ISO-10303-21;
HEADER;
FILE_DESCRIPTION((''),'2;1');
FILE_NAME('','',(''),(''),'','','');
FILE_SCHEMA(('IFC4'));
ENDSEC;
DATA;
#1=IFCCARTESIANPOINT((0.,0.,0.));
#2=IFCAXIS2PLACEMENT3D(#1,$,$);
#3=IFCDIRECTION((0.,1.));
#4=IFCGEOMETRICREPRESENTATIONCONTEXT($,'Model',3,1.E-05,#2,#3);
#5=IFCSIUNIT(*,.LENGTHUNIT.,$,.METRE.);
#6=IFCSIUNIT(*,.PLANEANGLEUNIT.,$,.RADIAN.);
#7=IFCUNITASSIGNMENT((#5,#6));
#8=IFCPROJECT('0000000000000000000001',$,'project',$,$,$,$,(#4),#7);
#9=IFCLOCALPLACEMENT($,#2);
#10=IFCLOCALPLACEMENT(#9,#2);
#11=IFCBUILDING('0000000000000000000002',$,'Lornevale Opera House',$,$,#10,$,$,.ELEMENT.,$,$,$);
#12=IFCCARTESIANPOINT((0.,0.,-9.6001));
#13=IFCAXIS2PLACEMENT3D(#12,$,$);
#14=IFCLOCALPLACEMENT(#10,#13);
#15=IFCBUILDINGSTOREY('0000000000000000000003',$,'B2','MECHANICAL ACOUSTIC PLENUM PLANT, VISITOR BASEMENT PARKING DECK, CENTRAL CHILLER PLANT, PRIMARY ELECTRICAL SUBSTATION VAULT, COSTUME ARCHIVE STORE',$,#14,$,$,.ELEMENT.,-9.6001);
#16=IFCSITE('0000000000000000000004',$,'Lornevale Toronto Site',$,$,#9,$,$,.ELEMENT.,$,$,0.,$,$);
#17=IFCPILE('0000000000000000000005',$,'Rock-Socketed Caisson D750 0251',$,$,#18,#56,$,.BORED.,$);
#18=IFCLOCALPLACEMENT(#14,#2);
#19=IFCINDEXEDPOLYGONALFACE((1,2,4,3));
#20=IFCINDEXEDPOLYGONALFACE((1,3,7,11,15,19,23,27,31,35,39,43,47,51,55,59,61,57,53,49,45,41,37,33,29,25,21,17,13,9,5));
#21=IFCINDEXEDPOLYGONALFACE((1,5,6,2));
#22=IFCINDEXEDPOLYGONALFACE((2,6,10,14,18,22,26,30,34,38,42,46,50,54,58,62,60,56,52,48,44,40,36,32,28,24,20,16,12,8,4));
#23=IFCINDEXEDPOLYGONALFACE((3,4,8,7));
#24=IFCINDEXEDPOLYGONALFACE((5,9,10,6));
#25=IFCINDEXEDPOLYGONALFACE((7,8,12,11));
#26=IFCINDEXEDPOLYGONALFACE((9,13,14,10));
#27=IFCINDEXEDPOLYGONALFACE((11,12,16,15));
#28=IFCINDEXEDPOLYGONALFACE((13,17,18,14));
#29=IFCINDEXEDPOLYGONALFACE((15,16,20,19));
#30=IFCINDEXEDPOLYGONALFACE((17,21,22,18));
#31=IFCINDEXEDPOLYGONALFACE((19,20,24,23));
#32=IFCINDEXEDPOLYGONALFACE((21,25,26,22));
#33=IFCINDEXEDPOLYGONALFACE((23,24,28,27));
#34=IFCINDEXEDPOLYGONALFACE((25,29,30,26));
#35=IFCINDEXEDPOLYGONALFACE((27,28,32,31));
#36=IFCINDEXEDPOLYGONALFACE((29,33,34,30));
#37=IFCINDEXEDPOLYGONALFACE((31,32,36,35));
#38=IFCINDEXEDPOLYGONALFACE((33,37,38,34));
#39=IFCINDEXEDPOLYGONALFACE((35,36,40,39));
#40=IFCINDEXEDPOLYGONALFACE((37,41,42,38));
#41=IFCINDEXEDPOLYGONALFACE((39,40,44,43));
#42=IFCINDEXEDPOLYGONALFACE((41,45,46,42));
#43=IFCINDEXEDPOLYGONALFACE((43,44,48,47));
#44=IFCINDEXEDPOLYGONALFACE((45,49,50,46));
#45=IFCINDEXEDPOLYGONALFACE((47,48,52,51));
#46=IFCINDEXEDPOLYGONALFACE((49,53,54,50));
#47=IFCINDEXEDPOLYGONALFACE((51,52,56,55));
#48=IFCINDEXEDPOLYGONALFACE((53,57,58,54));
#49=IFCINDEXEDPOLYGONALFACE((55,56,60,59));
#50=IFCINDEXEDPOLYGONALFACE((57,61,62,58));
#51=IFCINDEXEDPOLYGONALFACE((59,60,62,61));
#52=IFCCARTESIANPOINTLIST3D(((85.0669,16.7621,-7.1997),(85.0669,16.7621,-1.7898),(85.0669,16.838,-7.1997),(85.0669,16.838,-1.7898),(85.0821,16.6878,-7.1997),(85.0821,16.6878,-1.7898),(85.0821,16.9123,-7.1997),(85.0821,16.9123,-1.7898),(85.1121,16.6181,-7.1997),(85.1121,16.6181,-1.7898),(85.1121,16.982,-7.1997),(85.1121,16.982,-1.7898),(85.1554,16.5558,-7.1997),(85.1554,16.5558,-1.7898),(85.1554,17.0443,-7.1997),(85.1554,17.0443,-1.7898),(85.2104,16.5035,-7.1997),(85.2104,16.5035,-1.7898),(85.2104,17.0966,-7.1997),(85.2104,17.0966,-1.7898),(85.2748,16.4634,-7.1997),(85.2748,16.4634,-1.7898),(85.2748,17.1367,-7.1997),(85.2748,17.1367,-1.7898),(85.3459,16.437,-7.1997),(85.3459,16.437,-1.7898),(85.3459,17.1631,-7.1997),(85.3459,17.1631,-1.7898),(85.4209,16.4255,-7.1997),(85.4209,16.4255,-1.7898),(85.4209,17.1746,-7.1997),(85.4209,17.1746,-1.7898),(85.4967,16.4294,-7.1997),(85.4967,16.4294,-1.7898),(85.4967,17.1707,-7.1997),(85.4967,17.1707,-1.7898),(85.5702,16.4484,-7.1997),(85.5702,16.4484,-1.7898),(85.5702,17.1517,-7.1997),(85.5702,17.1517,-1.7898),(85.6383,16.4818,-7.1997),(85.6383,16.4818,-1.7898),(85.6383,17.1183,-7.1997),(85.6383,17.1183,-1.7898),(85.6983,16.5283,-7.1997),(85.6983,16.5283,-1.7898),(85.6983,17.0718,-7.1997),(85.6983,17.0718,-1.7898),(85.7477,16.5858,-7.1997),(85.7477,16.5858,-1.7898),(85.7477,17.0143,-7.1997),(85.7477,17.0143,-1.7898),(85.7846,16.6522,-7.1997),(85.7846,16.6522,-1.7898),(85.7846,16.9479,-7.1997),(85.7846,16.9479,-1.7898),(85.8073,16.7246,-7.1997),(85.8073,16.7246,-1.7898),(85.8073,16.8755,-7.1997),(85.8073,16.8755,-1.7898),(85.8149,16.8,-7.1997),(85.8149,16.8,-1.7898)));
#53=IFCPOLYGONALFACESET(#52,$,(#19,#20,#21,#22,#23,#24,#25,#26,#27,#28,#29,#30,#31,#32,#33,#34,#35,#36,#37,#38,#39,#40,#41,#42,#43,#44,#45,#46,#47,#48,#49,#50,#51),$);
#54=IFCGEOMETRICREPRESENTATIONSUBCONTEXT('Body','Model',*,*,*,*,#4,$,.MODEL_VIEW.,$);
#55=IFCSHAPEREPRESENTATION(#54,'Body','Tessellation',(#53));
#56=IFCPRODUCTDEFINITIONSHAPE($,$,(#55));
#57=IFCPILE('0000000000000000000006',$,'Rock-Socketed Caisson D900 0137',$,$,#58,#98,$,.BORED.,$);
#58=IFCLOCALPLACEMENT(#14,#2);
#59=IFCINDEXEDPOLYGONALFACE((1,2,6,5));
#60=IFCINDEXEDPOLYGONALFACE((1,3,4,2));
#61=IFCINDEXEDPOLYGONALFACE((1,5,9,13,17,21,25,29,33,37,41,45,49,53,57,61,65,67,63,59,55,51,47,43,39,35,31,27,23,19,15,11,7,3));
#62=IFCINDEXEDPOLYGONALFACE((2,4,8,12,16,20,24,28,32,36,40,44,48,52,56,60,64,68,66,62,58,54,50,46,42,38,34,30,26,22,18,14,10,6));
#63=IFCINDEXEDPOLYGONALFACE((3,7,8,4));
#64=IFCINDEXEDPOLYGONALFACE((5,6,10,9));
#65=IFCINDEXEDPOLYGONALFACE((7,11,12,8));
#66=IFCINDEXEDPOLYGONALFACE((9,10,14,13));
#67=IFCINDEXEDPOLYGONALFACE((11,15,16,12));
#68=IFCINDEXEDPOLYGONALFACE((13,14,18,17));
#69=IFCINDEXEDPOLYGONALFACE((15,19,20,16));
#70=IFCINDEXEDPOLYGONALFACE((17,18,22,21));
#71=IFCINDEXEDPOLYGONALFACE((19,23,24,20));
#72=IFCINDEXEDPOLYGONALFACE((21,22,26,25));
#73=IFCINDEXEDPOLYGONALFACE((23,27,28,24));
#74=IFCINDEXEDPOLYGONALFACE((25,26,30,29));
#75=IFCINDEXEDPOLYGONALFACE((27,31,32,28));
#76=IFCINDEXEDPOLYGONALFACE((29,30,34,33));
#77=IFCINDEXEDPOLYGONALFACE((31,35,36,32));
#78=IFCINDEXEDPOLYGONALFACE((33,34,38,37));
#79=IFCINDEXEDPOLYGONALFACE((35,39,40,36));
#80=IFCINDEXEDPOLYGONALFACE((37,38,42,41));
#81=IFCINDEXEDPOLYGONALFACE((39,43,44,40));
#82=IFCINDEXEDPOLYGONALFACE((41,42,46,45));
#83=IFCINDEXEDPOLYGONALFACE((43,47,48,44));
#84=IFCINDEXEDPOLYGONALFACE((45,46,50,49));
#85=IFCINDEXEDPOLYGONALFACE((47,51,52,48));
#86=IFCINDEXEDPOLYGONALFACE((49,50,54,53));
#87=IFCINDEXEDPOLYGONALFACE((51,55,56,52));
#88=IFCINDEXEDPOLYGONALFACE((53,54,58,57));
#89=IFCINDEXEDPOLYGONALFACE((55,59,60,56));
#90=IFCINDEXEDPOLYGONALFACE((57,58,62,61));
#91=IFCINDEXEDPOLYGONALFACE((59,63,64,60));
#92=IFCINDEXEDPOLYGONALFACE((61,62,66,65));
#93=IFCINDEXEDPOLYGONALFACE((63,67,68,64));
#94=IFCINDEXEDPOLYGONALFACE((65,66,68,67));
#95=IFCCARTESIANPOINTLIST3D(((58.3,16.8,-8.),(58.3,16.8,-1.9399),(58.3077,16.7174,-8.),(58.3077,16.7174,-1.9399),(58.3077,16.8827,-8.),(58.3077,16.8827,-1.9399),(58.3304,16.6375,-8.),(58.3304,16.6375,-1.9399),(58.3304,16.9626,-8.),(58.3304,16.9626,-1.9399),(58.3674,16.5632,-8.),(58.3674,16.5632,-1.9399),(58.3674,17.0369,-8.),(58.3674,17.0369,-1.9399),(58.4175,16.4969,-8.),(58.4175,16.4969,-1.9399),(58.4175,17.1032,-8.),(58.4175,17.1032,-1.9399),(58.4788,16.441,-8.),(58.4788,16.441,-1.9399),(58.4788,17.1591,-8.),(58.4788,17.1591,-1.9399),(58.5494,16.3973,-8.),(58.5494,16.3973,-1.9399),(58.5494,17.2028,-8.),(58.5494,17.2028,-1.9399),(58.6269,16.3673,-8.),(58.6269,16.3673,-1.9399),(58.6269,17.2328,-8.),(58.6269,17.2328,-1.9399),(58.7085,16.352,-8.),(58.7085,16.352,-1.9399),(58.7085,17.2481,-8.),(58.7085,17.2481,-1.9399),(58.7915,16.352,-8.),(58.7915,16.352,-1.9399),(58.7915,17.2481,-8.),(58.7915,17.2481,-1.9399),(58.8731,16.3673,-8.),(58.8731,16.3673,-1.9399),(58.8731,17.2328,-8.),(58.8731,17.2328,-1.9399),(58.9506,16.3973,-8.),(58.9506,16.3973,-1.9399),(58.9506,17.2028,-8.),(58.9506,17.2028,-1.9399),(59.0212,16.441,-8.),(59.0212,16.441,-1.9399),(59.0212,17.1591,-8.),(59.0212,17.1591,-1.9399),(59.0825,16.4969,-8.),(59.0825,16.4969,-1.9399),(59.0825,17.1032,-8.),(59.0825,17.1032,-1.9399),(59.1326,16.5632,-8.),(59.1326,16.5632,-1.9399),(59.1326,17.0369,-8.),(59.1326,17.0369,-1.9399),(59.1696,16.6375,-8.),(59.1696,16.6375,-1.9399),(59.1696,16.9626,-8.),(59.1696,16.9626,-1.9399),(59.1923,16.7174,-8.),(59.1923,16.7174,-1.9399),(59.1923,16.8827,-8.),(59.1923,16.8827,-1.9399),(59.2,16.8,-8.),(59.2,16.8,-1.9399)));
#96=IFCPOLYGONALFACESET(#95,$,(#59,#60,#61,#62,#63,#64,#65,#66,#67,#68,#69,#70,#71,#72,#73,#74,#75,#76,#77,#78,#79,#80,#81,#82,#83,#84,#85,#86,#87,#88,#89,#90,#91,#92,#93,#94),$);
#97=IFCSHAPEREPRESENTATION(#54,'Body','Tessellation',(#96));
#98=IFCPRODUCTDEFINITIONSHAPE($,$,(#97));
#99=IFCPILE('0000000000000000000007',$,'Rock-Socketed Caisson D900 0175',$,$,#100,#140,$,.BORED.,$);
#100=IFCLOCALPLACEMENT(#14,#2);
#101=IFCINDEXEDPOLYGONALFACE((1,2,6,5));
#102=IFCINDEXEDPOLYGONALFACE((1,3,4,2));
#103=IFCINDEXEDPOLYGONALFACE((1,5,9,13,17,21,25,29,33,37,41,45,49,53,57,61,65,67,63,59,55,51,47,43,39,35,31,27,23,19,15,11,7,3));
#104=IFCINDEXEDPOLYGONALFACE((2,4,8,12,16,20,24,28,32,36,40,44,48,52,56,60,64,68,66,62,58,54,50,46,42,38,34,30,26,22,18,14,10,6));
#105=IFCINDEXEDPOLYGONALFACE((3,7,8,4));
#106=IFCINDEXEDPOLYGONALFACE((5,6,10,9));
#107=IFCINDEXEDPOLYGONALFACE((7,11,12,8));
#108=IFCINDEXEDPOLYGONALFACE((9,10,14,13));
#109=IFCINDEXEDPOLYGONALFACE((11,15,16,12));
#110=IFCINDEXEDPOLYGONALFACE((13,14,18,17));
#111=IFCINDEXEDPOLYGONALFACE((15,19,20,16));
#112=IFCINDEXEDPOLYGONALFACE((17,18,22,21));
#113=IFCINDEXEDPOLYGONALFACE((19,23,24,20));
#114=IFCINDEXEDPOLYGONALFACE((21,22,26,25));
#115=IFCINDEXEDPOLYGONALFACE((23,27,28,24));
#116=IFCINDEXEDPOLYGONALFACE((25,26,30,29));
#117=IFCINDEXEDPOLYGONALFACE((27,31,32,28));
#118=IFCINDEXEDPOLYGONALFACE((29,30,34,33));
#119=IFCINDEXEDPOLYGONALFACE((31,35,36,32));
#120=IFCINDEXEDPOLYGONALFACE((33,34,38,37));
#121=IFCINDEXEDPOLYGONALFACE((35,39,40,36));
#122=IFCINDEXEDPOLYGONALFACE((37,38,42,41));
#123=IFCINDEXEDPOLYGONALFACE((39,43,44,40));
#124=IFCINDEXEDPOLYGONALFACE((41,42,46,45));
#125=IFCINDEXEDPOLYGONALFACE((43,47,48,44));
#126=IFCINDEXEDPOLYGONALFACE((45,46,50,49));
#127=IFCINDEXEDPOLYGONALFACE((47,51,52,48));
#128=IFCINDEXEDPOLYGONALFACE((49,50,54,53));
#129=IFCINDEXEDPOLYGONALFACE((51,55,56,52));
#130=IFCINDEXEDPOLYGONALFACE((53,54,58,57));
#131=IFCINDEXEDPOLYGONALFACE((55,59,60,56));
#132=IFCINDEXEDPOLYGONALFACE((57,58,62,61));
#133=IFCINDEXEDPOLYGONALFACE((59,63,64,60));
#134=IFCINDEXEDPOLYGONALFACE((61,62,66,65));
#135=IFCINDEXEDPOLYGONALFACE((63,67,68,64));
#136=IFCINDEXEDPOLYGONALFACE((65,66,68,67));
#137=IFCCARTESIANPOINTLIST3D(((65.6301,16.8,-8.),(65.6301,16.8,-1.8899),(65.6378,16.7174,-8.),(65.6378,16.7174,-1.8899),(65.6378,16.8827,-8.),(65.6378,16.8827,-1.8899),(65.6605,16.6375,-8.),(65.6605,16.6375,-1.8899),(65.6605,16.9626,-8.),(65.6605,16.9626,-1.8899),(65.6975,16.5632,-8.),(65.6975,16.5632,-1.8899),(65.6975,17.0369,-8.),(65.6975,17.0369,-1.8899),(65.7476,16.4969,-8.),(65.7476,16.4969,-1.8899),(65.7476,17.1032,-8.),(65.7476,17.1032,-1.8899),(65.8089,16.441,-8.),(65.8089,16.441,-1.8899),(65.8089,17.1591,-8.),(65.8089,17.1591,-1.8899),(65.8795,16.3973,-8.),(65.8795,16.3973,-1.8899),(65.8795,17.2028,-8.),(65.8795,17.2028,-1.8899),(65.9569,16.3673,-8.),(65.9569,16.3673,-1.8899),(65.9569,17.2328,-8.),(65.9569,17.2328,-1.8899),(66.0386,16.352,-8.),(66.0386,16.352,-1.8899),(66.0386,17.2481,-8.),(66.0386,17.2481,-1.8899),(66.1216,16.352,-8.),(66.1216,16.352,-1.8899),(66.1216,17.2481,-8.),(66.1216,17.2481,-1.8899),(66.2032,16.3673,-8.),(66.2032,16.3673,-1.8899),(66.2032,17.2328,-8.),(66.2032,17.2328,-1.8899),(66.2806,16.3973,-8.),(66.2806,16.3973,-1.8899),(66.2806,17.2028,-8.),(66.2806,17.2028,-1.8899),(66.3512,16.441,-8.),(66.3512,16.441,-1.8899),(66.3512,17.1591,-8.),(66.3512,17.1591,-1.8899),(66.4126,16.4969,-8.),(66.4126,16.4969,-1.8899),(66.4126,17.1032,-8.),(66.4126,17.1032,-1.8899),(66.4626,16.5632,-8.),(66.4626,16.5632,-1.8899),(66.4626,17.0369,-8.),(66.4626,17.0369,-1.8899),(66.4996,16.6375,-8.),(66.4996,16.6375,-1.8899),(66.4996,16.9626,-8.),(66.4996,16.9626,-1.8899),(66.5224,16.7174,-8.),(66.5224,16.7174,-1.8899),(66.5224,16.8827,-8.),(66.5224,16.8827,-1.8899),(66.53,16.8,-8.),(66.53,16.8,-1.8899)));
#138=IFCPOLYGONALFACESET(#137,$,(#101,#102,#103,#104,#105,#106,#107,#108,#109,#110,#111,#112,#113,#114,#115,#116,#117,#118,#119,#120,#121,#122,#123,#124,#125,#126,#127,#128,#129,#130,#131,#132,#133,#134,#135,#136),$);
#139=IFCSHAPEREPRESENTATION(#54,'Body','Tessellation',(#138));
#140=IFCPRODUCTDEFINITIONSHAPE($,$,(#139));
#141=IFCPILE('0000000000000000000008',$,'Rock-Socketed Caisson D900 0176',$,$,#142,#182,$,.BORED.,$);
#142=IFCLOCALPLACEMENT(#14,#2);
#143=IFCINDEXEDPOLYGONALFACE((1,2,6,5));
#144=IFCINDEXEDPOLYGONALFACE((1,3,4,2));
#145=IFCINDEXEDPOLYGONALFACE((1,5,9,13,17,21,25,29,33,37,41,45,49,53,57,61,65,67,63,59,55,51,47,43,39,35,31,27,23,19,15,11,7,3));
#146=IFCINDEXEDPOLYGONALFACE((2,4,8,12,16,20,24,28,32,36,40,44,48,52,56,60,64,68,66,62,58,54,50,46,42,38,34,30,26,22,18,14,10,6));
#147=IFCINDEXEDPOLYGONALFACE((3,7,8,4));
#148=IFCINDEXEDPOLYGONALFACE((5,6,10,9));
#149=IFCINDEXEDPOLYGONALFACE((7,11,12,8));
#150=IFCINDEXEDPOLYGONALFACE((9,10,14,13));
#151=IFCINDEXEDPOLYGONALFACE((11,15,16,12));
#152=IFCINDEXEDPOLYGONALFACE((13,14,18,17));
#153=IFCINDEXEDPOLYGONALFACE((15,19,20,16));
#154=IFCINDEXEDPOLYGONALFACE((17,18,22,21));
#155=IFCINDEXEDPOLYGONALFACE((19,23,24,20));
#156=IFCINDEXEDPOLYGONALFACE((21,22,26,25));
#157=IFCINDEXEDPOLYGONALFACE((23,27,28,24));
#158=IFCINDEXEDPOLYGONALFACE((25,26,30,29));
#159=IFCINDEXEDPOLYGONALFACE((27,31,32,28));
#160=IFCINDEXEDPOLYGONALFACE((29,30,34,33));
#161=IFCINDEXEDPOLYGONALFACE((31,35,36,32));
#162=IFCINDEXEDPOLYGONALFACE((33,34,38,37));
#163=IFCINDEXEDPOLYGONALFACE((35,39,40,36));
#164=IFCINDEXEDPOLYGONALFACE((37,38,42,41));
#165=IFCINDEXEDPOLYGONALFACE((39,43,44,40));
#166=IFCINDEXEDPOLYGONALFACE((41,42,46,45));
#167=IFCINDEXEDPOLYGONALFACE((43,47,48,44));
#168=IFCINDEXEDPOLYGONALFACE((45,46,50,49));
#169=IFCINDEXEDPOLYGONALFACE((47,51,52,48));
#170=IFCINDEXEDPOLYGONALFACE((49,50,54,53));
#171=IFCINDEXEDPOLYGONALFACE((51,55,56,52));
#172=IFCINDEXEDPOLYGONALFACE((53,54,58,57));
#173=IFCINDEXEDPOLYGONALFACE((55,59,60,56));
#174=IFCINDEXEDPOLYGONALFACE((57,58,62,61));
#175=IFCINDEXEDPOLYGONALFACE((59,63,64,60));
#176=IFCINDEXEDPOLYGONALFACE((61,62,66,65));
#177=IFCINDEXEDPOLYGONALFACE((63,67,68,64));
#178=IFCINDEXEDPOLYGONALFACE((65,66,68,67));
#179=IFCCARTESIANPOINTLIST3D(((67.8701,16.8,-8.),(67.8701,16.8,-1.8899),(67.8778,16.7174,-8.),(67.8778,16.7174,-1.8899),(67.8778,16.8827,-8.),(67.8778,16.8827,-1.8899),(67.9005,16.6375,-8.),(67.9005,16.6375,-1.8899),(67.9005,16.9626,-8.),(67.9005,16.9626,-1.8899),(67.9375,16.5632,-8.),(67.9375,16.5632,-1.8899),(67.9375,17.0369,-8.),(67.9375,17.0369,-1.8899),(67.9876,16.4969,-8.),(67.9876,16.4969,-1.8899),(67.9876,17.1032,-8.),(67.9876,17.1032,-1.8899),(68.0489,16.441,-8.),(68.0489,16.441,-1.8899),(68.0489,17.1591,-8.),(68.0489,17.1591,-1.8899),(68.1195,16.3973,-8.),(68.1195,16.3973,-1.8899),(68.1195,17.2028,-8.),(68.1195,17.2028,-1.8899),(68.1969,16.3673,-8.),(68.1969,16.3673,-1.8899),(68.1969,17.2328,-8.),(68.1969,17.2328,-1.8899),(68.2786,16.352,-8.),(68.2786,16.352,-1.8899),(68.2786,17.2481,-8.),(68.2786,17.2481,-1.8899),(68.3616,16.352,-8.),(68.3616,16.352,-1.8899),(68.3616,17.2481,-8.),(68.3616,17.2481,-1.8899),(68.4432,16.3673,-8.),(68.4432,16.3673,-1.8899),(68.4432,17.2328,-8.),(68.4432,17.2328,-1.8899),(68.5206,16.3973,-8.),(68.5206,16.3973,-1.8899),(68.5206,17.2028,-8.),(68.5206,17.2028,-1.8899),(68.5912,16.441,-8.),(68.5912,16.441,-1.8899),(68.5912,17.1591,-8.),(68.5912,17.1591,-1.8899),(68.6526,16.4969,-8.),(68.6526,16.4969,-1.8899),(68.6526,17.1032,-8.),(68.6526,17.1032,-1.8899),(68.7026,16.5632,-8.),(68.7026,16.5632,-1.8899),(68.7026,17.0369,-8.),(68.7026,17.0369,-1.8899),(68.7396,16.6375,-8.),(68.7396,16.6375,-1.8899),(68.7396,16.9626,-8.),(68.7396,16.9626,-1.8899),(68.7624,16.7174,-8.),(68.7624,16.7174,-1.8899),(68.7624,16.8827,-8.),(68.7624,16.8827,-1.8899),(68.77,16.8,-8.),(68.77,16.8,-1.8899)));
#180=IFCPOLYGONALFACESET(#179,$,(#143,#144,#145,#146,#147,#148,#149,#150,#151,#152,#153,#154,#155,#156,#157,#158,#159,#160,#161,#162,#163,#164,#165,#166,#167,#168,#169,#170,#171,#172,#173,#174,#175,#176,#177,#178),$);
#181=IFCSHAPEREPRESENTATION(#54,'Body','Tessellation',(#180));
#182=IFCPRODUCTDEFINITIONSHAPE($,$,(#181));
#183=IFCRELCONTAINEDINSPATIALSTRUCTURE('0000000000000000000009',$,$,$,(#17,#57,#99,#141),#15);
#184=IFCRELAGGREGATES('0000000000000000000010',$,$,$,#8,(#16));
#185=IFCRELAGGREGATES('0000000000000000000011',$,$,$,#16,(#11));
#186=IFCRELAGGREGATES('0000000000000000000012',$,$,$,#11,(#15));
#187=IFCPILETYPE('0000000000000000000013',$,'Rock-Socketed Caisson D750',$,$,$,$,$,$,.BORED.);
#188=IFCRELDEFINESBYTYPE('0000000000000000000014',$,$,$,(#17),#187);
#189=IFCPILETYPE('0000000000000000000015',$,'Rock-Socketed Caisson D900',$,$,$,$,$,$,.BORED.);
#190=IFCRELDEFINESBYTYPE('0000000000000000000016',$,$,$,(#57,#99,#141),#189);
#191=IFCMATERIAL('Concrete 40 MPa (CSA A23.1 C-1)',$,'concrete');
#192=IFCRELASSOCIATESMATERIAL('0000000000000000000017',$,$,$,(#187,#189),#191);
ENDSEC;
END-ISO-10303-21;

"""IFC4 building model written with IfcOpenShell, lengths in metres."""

from ifc_helpers import new_model, si_unit, direction, frame, origin, origin_2d, place, context, subcontext, project, spatial, circle, extrude, material, material_profile, profile_set, type_object, element, save


model = new_model("IFC4")

# Units and contexts
model_context = context("Model", 3, precision=1e-05, world=origin(), true_north=direction((0.0, 1.0)))
body_context = subcontext(model_context, "Body", "Model", "MODEL_VIEW")
ifc_project = project(units=[si_unit("LENGTHUNIT", "METRE"), si_unit("PLANEANGLEUNIT", "RADIAN")], contexts=[model_context])

# Site, building, storey
site_placement = place(None, origin())
site = spatial("IfcSite", under=ifc_project, at=site_placement, Name="Lornevale Toronto Site", CompositionType="ELEMENT", RefElevation=0.0)
building_placement = place(site_placement, origin())
building = spatial("IfcBuilding", under=site, at=building_placement, Name="Lornevale Opera House", CompositionType="ELEMENT")
storey_placement = place(building_placement, frame((0.0, 0.0, -9.6001)))
storey = spatial("IfcBuildingStorey", under=building, at=storey_placement, Name="B2", Description="MECHANICAL ACOUSTIC PLENUM PLANT, VISITOR BASEMENT PARKING DECK, CENTRAL CHILLER PLANT, PRIMARY ELECTRICAL SUBSTATION VAULT, COSTUME ARCHIVE STORE", CompositionType="ELEMENT", Elevation=-9.6001)

# Piles
ifc_material_1 = material(Name="Concrete 40 MPa (CSA A23.1 C-1)", Category="concrete")
ifc_material_profile_1 = material_profile(ifc_material_1, circle(Radius=0.375, at=origin_2d()), Name="CAIS750")
ifc_profile_set_1 = profile_set([ifc_material_profile_1], Name="Concrete 40 MPa (CSA A23.1 C-1)")
pile_type_1 = type_object("IfcPileType", Name="Rock-Socketed Caisson D750", PredefinedType="BORED", material=ifc_profile_set_1)
pile_1_placement = place(storey_placement, frame((85.4399, 16.8, -1.7898), z_axis=(0.0, 0.0, -1.0), x_axis=(1.0, 0.0, 0.0)))
element("IfcPile", 1, at=pile_1_placement, inside=storey, type_object=pile_type_1, Name="Rock-Socketed Caisson D750 0251", PredefinedType="BORED", context=body_context, shape_type="SweptSolid", body=[
    extrude(circle(Radius=0.375, at=origin_2d()), origin(), (0.0, 0.0, 1.0), 5.4099),
])
ifc_material_profile_2 = material_profile(ifc_material_1, circle(Radius=0.45, at=origin_2d()), Name="CAIS900")
ifc_profile_set_2 = profile_set([ifc_material_profile_2], Name="Concrete 40 MPa (CSA A23.1 C-1)")
pile_type_2 = type_object("IfcPileType", Name="Rock-Socketed Caisson D900", PredefinedType="BORED", material=ifc_profile_set_2)
pile_2_placement = place(storey_placement, frame((58.75, 16.8, -1.9399), z_axis=(0.0, 0.0, -1.0), x_axis=(1.0, 0.0, 0.0)))
element("IfcPile", 2, at=pile_2_placement, inside=storey, type_object=pile_type_2, Name="Rock-Socketed Caisson D900 0137", PredefinedType="BORED", context=body_context, shape_type="SweptSolid", body=[
    extrude(circle(Radius=0.45, at=origin_2d()), origin(), (0.0, 0.0, 1.0), 6.0601),
])
for number, where, z_axis, x_axis, name in (
    (3, (66.0801, 16.8, -1.8899), (0.0, 0.0, -1.0), (1.0, 0.0, 0.0), "Rock-Socketed Caisson D900 0175"),
    (4, (68.3201, 16.8, -1.8899), (0.0, 0.0, -1.0), (1.0, 0.0, 0.0), "Rock-Socketed Caisson D900 0176"),
):
    element("IfcPile", number, at=place(storey_placement, frame(where, z_axis=z_axis, x_axis=x_axis)), inside=storey, type_object=pile_type_2, Name=name, PredefinedType="BORED", context=body_context, shape_type="SweptSolid", body=[
        extrude(circle(Radius=0.45, at=origin_2d()), origin(), (0.0, 0.0, 1.0), 6.1101),
    ])

save(model, "model.ifc")
